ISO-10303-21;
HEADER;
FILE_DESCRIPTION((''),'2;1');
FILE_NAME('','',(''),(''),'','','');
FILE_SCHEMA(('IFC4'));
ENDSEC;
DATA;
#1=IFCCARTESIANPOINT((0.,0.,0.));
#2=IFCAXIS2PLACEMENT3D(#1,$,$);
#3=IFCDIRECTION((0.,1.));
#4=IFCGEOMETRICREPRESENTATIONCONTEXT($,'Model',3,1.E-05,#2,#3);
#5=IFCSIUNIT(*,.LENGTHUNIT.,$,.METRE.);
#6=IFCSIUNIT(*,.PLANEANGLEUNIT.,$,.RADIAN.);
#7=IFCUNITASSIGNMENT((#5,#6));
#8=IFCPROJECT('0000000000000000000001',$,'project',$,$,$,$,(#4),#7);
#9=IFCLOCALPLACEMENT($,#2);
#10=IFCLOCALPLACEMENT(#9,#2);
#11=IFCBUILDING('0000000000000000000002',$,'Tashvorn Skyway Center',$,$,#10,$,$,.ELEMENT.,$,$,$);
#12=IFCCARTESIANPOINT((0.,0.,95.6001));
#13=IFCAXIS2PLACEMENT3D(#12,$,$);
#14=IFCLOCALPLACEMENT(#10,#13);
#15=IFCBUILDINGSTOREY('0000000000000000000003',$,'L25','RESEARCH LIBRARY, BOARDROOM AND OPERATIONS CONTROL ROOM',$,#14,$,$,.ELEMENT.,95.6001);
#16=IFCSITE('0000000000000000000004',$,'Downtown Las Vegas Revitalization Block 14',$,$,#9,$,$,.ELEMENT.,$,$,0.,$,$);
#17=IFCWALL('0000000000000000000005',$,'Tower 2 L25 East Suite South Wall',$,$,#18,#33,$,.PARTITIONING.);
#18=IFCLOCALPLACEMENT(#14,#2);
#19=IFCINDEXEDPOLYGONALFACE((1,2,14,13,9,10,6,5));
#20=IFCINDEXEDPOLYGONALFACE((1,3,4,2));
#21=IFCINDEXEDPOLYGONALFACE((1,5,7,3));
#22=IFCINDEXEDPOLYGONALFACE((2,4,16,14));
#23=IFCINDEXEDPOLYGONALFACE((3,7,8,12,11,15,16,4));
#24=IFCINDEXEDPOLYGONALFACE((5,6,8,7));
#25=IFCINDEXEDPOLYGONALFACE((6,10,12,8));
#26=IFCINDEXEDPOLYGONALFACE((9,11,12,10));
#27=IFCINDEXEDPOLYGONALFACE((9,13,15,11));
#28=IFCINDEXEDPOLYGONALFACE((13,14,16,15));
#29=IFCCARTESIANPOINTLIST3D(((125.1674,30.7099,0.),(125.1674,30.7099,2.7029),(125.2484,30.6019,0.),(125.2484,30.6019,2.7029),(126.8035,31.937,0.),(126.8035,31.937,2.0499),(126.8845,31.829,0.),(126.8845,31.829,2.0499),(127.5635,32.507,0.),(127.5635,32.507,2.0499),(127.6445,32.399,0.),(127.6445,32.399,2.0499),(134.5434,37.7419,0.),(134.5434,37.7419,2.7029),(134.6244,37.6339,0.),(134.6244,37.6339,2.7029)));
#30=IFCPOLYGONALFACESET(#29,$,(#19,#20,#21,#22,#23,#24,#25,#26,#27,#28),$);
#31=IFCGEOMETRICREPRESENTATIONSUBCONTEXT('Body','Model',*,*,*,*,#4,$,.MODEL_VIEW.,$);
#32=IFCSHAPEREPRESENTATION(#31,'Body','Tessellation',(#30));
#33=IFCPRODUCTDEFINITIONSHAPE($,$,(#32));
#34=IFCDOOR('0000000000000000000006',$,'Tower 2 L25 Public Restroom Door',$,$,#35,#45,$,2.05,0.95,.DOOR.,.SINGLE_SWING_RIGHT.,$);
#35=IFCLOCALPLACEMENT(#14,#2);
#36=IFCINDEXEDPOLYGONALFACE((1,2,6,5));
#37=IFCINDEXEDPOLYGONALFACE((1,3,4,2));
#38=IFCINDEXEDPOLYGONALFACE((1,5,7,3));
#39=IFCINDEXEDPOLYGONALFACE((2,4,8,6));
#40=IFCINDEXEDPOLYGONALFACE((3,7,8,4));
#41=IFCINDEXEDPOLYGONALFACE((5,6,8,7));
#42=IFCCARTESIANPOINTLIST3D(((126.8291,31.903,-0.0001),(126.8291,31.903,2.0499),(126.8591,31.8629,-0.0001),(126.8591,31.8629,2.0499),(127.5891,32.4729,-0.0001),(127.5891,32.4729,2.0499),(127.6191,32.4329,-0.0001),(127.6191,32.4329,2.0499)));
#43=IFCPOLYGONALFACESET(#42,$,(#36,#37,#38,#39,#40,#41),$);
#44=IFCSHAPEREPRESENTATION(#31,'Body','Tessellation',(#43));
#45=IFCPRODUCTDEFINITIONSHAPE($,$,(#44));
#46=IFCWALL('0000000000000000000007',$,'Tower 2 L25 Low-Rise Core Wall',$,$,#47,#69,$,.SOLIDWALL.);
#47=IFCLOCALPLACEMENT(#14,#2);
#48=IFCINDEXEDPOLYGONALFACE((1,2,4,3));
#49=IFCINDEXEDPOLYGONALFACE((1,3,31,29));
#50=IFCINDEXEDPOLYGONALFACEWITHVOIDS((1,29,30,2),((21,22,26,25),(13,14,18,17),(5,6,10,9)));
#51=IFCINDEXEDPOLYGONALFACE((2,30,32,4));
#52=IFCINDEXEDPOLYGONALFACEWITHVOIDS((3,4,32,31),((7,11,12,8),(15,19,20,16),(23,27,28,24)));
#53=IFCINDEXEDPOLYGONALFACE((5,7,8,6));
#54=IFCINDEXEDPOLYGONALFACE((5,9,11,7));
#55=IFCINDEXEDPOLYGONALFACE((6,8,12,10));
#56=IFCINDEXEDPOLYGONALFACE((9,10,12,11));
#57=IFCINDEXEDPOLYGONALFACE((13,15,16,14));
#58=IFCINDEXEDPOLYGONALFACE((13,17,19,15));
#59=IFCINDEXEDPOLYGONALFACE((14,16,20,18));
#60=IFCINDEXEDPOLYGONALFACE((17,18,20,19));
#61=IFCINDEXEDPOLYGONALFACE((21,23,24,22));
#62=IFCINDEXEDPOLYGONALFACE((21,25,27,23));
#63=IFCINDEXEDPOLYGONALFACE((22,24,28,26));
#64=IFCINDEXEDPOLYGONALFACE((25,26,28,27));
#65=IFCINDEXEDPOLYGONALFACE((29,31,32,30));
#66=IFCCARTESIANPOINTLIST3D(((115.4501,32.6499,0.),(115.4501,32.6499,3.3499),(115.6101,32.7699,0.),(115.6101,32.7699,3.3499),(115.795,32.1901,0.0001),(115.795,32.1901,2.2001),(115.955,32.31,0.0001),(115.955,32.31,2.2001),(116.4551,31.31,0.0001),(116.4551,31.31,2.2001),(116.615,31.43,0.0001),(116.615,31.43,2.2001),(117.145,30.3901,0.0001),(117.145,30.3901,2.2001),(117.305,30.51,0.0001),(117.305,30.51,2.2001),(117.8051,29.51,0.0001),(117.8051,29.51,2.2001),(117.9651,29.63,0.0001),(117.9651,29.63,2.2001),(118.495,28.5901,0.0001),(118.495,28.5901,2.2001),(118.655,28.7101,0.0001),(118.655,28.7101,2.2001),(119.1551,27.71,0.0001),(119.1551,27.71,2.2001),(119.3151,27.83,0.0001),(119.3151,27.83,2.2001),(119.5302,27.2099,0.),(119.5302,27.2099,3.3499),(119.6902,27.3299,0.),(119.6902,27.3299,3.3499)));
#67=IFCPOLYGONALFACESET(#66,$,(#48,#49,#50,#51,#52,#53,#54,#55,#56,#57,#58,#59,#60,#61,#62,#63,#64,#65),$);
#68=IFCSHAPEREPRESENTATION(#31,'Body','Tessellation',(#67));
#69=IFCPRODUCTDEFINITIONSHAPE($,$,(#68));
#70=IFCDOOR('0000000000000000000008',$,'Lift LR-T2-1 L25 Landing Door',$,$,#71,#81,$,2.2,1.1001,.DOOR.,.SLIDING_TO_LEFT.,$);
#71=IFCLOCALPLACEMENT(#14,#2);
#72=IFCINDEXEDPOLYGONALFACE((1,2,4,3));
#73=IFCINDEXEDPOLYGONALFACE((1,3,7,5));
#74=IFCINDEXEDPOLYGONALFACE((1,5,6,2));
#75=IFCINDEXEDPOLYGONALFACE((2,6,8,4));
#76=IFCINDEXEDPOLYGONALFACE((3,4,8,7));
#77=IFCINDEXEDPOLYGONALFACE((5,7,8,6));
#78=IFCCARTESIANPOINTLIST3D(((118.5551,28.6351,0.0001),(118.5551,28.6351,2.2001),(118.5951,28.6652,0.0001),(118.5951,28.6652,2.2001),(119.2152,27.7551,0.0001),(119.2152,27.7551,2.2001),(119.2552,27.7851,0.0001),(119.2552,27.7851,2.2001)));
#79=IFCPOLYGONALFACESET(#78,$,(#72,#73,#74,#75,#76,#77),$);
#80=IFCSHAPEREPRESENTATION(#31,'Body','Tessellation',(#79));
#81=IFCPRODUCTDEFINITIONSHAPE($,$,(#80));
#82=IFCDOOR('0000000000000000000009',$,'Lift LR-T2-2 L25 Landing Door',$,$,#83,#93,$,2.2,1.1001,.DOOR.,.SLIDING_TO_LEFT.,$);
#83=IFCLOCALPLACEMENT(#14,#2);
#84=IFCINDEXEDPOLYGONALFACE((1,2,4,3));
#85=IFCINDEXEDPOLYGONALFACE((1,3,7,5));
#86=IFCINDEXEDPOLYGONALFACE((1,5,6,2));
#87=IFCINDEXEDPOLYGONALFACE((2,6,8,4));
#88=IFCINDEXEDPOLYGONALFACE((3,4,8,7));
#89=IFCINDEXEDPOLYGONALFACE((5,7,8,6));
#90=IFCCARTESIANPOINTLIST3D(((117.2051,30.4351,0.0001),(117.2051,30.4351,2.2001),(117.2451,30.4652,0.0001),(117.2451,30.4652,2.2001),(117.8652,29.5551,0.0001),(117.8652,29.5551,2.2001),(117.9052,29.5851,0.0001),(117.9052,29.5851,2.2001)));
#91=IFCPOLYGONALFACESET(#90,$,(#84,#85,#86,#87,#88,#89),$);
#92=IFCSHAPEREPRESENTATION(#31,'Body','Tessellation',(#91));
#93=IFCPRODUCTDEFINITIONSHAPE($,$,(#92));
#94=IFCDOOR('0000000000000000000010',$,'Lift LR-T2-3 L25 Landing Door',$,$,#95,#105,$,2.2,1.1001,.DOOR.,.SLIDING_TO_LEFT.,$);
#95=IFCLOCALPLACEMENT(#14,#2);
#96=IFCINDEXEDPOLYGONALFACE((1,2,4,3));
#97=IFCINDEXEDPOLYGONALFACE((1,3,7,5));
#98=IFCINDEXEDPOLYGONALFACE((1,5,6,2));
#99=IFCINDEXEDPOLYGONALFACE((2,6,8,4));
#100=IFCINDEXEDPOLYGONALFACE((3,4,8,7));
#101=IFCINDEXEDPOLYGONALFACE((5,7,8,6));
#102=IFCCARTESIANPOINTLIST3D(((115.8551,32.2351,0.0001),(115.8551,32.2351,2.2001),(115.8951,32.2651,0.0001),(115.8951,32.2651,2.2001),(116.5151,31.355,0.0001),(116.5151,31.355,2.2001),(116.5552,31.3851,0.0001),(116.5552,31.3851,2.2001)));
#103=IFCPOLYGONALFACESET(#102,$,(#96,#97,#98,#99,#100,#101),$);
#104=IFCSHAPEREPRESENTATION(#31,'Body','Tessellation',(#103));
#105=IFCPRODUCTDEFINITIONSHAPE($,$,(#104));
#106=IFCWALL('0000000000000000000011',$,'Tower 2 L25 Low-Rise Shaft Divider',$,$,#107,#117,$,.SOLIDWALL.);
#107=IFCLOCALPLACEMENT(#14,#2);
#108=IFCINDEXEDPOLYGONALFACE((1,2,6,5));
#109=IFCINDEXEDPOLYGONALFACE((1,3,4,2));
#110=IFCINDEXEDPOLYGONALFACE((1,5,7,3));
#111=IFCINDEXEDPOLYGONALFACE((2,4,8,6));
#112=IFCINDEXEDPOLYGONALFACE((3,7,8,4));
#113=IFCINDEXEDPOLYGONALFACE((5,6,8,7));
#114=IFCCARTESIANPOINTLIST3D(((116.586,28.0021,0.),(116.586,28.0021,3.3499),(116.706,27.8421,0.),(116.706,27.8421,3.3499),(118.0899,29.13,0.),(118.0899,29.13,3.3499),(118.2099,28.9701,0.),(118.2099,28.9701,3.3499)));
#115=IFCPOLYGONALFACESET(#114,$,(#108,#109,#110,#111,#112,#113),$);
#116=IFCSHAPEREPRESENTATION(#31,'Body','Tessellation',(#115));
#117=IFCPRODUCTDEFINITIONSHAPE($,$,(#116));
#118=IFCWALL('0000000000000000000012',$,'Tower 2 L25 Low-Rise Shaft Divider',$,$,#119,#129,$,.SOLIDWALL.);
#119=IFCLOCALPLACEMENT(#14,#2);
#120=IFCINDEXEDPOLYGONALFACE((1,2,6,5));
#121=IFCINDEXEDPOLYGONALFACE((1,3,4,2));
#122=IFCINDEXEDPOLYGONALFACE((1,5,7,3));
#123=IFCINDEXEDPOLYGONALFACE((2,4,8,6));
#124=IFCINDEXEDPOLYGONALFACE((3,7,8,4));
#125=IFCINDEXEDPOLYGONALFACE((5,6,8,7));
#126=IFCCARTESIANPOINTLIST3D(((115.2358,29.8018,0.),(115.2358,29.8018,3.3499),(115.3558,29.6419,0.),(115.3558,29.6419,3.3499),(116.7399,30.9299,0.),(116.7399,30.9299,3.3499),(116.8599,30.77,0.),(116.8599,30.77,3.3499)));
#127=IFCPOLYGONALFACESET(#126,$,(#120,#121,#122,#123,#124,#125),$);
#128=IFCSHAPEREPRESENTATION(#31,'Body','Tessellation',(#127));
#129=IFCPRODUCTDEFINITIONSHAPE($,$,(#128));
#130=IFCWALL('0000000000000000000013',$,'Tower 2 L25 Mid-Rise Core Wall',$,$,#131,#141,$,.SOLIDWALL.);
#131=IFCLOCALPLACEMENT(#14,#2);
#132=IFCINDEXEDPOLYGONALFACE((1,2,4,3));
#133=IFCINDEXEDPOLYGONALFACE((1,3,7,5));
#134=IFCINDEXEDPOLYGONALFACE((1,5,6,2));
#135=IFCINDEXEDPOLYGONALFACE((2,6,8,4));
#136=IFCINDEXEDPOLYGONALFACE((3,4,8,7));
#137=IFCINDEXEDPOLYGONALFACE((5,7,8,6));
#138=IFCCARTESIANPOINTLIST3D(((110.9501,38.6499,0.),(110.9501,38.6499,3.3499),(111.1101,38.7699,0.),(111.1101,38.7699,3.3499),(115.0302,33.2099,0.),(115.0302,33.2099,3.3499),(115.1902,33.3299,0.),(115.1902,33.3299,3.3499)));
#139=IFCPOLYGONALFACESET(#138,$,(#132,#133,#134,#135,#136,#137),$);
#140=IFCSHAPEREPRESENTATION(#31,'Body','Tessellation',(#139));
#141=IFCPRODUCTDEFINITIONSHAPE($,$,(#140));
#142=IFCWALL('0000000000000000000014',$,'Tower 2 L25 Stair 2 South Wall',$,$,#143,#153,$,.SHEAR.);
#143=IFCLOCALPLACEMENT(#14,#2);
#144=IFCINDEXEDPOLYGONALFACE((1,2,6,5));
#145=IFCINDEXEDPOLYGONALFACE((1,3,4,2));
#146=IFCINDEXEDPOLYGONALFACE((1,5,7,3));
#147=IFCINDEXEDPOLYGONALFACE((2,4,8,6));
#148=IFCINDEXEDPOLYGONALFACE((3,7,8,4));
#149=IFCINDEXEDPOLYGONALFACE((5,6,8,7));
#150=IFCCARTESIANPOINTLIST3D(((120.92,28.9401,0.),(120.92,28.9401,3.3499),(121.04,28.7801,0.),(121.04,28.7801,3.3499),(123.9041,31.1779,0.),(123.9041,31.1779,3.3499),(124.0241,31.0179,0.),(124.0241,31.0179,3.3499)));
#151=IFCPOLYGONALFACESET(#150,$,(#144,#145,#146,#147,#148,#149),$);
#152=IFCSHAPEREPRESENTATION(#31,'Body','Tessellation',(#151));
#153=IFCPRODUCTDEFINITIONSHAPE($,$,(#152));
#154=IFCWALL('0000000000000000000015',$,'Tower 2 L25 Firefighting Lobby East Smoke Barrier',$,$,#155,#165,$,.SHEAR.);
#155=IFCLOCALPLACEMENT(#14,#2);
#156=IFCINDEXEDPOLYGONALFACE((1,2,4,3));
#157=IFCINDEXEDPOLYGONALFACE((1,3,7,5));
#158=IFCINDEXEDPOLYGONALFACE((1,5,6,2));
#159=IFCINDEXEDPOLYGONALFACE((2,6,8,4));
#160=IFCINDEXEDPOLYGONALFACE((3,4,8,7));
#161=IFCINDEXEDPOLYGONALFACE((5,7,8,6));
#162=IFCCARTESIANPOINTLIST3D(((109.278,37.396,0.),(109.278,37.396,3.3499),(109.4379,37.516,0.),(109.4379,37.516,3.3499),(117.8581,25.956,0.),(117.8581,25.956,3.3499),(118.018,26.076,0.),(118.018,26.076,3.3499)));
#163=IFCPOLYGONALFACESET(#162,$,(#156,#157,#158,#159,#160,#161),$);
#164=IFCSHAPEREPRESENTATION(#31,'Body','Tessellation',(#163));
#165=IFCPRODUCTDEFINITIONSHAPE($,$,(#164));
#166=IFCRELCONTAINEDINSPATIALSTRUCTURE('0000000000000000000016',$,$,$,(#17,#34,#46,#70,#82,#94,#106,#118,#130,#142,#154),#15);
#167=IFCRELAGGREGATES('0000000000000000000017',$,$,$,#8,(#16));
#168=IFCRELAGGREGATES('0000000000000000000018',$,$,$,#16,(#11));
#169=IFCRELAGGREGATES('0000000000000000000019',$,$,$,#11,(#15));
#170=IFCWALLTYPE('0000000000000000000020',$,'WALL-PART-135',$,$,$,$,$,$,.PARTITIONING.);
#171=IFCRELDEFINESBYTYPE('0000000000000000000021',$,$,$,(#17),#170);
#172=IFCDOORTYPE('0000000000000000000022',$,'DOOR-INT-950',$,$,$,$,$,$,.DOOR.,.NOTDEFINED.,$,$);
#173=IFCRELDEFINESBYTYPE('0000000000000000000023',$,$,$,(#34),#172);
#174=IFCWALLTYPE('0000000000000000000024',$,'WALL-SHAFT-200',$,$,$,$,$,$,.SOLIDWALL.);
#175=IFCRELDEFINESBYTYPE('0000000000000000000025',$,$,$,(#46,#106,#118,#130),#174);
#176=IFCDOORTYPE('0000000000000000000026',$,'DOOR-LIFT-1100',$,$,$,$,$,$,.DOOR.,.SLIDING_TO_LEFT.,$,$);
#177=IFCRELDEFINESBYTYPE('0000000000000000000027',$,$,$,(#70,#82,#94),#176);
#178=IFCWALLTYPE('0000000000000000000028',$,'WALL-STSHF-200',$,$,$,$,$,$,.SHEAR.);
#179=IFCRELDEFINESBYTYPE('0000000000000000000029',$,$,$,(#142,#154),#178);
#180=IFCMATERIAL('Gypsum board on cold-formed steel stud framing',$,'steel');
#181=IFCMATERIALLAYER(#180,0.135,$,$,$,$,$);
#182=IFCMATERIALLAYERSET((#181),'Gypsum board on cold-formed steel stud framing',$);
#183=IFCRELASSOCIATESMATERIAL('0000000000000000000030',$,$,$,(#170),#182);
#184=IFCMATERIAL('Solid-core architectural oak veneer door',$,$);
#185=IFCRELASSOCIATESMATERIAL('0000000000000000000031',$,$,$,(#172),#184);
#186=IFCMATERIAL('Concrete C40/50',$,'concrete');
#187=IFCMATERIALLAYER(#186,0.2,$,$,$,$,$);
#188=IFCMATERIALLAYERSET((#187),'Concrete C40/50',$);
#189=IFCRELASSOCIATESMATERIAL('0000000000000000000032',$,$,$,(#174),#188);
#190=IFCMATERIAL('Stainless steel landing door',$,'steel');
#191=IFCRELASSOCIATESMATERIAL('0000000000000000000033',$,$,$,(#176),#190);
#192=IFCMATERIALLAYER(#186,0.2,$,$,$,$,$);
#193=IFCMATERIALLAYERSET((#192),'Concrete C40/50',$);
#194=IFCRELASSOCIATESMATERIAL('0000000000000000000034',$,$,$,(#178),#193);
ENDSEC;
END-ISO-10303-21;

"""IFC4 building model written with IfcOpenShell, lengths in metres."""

from ifc_helpers import new_model, si_unit, direction, frame, frame_2d, origin, place, context, subcontext, project, spatial, rectangle, extrude, material, layer, layer_set, type_object, element, fill, save


model = new_model("IFC4")

# Units and contexts
model_context = context("Model", 3, precision=1e-05, world=origin(), true_north=direction((0.0, 1.0)))
body_context = subcontext(model_context, "Body", "Model", "MODEL_VIEW")
ifc_project = project(units=[si_unit("LENGTHUNIT", "METRE"), si_unit("PLANEANGLEUNIT", "RADIAN")], contexts=[model_context])

# Site, building, storey
site_placement = place(None, origin())
site = spatial("IfcSite", under=ifc_project, at=site_placement, Name="Downtown Las Vegas Revitalization Block 14", CompositionType="ELEMENT", RefElevation=0.0)
building_placement = place(site_placement, origin())
building = spatial("IfcBuilding", under=site, at=building_placement, Name="Tashvorn Skyway Center", CompositionType="ELEMENT")
storey_placement = place(building_placement, frame((0.0, 0.0, 95.6001)))
storey = spatial("IfcBuildingStorey", under=building, at=storey_placement, Name="L25", Description="RESEARCH LIBRARY, BOARDROOM AND OPERATIONS CONTROL ROOM", CompositionType="ELEMENT", Elevation=95.6001)

# Wall, opening, door
ifc_material_1 = material(Name="Concrete C40/50", Category="concrete")
ifc_material_2 = material(Name="Gypsum board on cold-formed steel stud framing", Category="steel")
ifc_layer_1 = layer(ifc_material_2, 0.135)
ifc_layer_set_1 = layer_set([ifc_layer_1], Name="Gypsum board on cold-formed steel stud framing")
wall_type_1 = type_object("IfcWallType", Name="WALL-PART-135", PredefinedType="PARTITIONING", material=ifc_layer_set_1)
wall_1_placement = place(storey_placement, frame((125.208, 30.656, 0.0), z_axis=(0.0, 0.0, 1.0), x_axis=(0.8, 0.6, 0.0)))
wall_1 = element("IfcWall", 1, at=wall_1_placement, inside=storey, type_object=wall_type_1, Name="Tower 2 L25 East Suite South Wall", PredefinedType="PARTITIONING", context=body_context, shape_type="SweptSolid", body=[
    extrude(rectangle(XDim=11.72, YDim=0.135, at=frame_2d((5.8599, 0.0))), origin(), (0.0, 0.0, 1.0), 2.7029),
])
opening_1_placement = place(wall_1_placement, frame((2.0449, 0.0, 0.0)))
opening_1 = element("IfcOpeningElement", 2, at=opening_1_placement, cuts=wall_1, PredefinedType="OPENING", context=body_context, shape_type="SweptSolid", body=[
    extrude(rectangle(XDim=0.95, YDim=2.05, at=frame_2d((0.4751, 1.0249))), frame((0.0, 0.0774, 0.0), z_axis=(0.0, -1.0, 0.0), x_axis=(1.0, 0.0, 0.0)), (0.0, 0.0, 1.0), 0.155),
])
ifc_material_3 = material(Name="Solid-core architectural oak veneer door")
door_type_1 = type_object("IfcDoorType", Name="DOOR-INT-950", OperationType="NOTDEFINED", PredefinedType="DOOR", material=ifc_material_3)
door_1_placement = place(opening_1_placement, origin())
door_1 = element("IfcDoor", 3, at=door_1_placement, inside=storey, type_object=door_type_1, Name="Tower 2 L25 Public Restroom Door", OperationType="SINGLE_SWING_RIGHT", OverallHeight=2.05, OverallWidth=0.95, PredefinedType="DOOR", context=body_context, shape_type="SweptSolid", body=[
    extrude(rectangle(XDim=0.95, YDim=2.05, at=frame_2d((0.4751, 1.0249))), frame((0.0, 0.0249, 0.0), z_axis=(0.0, -1.0, 0.0), x_axis=(1.0, 0.0, 0.0)), (0.0, 0.0, 1.0), 0.05),
])
fill(opening_1, door_1)

# Wall, openings, doors
ifc_layer_2 = layer(ifc_material_1, 0.2)
ifc_layer_set_2 = layer_set([ifc_layer_2], Name="Concrete C40/50")
wall_type_2 = type_object("IfcWallType", Name="WALL-SHAFT-200", PredefinedType="SOLIDWALL", material=ifc_layer_set_2)
wall_2_placement = place(storey_placement, frame((119.6101, 27.27, 0.0), z_axis=(0.0, 0.0, 1.0), x_axis=(-0.600011, 0.799991, 0.0)))
wall_2 = element("IfcWall", 4, at=wall_2_placement, inside=storey, type_object=wall_type_2, Name="Tower 2 L25 Low-Rise Core Wall", PredefinedType="SOLIDWALL", context=body_context, shape_type="SweptSolid", body=[
    extrude(rectangle(XDim=6.8, YDim=0.2, at=frame_2d((3.3999, 0.0))), origin(), (0.0, 0.0, 1.0), 3.3499),
])
opening_2_placement = place(wall_2_placement, frame((0.625, 0.0, 0.0)))
opening_2 = element("IfcOpeningElement", 5, at=opening_2_placement, cuts=wall_2, PredefinedType="OPENING", context=body_context, shape_type="SweptSolid", body=[
    extrude(rectangle(XDim=1.1001, YDim=2.2, at=frame_2d((0.55, 1.1001))), frame((0.0, 0.1099, 0.0), z_axis=(0.0, -1.0, 0.0), x_axis=(1.0, 0.0, 0.0)), (0.0, 0.0, 1.0), 0.22),
])
opening_3_placement = place(wall_2_placement, frame((2.875, 0.0, 0.0)))
opening_3 = element("IfcOpeningElement", 6, at=opening_3_placement, cuts=wall_2, PredefinedType="OPENING", context=body_context, shape_type="SweptSolid", body=[
    extrude(rectangle(XDim=1.1001, YDim=2.2, at=frame_2d((0.55, 1.1001))), frame((0.0, 0.1099, 0.0), z_axis=(0.0, -1.0, 0.0), x_axis=(1.0, 0.0, 0.0)), (0.0, 0.0, 1.0), 0.22),
])
opening_4_placement = place(wall_2_placement, frame((5.125, 0.0, 0.0)))
opening_4 = element("IfcOpeningElement", 7, at=opening_4_placement, cuts=wall_2, PredefinedType="OPENING", context=body_context, shape_type="SweptSolid", body=[
    extrude(rectangle(XDim=1.1001, YDim=2.2, at=frame_2d((0.55, 1.1001))), frame((0.0, 0.1099, 0.0), z_axis=(0.0, -1.0, 0.0), x_axis=(1.0, 0.0, 0.0)), (0.0, 0.0, 1.0), 0.22),
])
ifc_material_4 = material(Name="Stainless steel landing door", Category="steel")
door_type_2 = type_object("IfcDoorType", Name="DOOR-LIFT-1100", OperationType="SLIDING_TO_LEFT", PredefinedType="DOOR", material=ifc_material_4)
door_2_placement = place(opening_2_placement, origin())
door_2 = element("IfcDoor", 8, at=door_2_placement, inside=storey, type_object=door_type_2, Name="Lift LR-T2-1 L25 Landing Door", OperationType="SLIDING_TO_LEFT", OverallHeight=2.2, OverallWidth=1.1001, PredefinedType="DOOR", context=body_context, shape_type="SweptSolid", body=[
    extrude(rectangle(XDim=1.1001, YDim=2.2, at=frame_2d((0.55, 1.1001))), frame((0.0, 0.0249, 0.0), z_axis=(0.0, -1.0, 0.0), x_axis=(1.0, 0.0, 0.0)), (0.0, 0.0, 1.0), 0.05),
])
fill(opening_2, door_2)
door_3_placement = place(opening_3_placement, origin())
door_3 = element("IfcDoor", 9, at=door_3_placement, inside=storey, type_object=door_type_2, Name="Lift LR-T2-2 L25 Landing Door", OperationType="SLIDING_TO_LEFT", OverallHeight=2.2, OverallWidth=1.1001, PredefinedType="DOOR", context=body_context, shape_type="SweptSolid", body=[
    extrude(rectangle(XDim=1.1001, YDim=2.2, at=frame_2d((0.55, 1.1001))), frame((0.0, 0.0249, 0.0), z_axis=(0.0, -1.0, 0.0), x_axis=(1.0, 0.0, 0.0)), (0.0, 0.0, 1.0), 0.05),
])
fill(opening_3, door_3)
door_4_placement = place(opening_4_placement, origin())
door_4 = element("IfcDoor", 10, at=door_4_placement, inside=storey, type_object=door_type_2, Name="Lift LR-T2-3 L25 Landing Door", OperationType="SLIDING_TO_LEFT", OverallHeight=2.2, OverallWidth=1.1001, PredefinedType="DOOR", context=body_context, shape_type="SweptSolid", body=[
    extrude(rectangle(XDim=1.1001, YDim=2.2, at=frame_2d((0.55, 1.1001))), frame((0.0, 0.0249, 0.0), z_axis=(0.0, -1.0, 0.0), x_axis=(1.0, 0.0, 0.0)), (0.0, 0.0, 1.0), 0.05),
])
fill(opening_4, door_4)

# Walls
wall_3_placement = place(storey_placement, frame((116.646, 27.9221, 0.0), z_axis=(0.0, 0.0, 1.0), x_axis=(0.8, 0.6, 0.0)))
element("IfcWall", 11, at=wall_3_placement, inside=storey, type_object=wall_type_2, Name="Tower 2 L25 Low-Rise Shaft Divider", PredefinedType="SOLIDWALL", context=body_context, shape_type="SweptSolid", body=[
    extrude(rectangle(XDim=1.8799, YDim=0.2, at=frame_2d((0.9399, 0.0))), origin(), (0.0, 0.0, 1.0), 3.3499),
])
wall_4_placement = place(storey_placement, frame((115.2959, 29.7219, 0.0), z_axis=(0.0, 0.0, 1.0), x_axis=(0.799984, 0.600021, 0.0)))
element("IfcWall", 12, at=wall_4_placement, inside=storey, type_object=wall_type_2, Name="Tower 2 L25 Low-Rise Shaft Divider", PredefinedType="SOLIDWALL", context=body_context, shape_type="SweptSolid", body=[
    extrude(rectangle(XDim=1.8801, YDim=0.2, at=frame_2d((0.9399, 0.0))), origin(), (0.0, 0.0, 1.0), 3.3499),
])
wall_5_placement = place(storey_placement, frame((115.1101, 33.27, 0.0), z_axis=(0.0, 0.0, 1.0), x_axis=(-0.600011, 0.799991, 0.0)))
element("IfcWall", 13, at=wall_5_placement, inside=storey, type_object=wall_type_2, Name="Tower 2 L25 Mid-Rise Core Wall", PredefinedType="SOLIDWALL", context=body_context, shape_type="SweptSolid", body=[
    extrude(rectangle(XDim=6.8, YDim=0.2, at=frame_2d((3.3999, 0.0))), origin(), (0.0, 0.0, 1.0), 3.3499),
])
ifc_layer_3 = layer(ifc_material_1, 0.2)
ifc_layer_set_3 = layer_set([ifc_layer_3], Name="Concrete C40/50")
wall_type_3 = type_object("IfcWallType", Name="WALL-STSHF-200", PredefinedType="SHEAR", material=ifc_layer_set_3)
wall_6_placement = place(storey_placement, frame((120.98, 28.8601, 0.0), z_axis=(0.0, 0.0, 1.0), x_axis=(0.800039, 0.599948, 0.0)))
element("IfcWall", 14, at=wall_6_placement, inside=storey, type_object=wall_type_3, Name="Tower 2 L25 Stair 2 South Wall", PredefinedType="SHEAR", context=body_context, shape_type="SweptSolid", body=[
    extrude(rectangle(XDim=3.73, YDim=0.2, at=frame_2d((1.865, 0.0))), origin(), (0.0, 0.0, 1.0), 3.3499),
])
wall_7_placement = place(storey_placement, frame((117.938, 26.0161, 0.0), z_axis=(0.0, 0.0, 1.0), x_axis=(-0.600005, 0.799996, 0.0)))
element("IfcWall", 15, at=wall_7_placement, inside=storey, type_object=wall_type_3, Name="Tower 2 L25 Firefighting Lobby East Smoke Barrier", PredefinedType="SHEAR", context=body_context, shape_type="SweptSolid", body=[
    extrude(rectangle(XDim=14.3, YDim=0.2, at=frame_2d((7.1499, 0.0))), origin(), (0.0, 0.0, 1.0), 3.3499),
])

save(model, "model.ifc")
